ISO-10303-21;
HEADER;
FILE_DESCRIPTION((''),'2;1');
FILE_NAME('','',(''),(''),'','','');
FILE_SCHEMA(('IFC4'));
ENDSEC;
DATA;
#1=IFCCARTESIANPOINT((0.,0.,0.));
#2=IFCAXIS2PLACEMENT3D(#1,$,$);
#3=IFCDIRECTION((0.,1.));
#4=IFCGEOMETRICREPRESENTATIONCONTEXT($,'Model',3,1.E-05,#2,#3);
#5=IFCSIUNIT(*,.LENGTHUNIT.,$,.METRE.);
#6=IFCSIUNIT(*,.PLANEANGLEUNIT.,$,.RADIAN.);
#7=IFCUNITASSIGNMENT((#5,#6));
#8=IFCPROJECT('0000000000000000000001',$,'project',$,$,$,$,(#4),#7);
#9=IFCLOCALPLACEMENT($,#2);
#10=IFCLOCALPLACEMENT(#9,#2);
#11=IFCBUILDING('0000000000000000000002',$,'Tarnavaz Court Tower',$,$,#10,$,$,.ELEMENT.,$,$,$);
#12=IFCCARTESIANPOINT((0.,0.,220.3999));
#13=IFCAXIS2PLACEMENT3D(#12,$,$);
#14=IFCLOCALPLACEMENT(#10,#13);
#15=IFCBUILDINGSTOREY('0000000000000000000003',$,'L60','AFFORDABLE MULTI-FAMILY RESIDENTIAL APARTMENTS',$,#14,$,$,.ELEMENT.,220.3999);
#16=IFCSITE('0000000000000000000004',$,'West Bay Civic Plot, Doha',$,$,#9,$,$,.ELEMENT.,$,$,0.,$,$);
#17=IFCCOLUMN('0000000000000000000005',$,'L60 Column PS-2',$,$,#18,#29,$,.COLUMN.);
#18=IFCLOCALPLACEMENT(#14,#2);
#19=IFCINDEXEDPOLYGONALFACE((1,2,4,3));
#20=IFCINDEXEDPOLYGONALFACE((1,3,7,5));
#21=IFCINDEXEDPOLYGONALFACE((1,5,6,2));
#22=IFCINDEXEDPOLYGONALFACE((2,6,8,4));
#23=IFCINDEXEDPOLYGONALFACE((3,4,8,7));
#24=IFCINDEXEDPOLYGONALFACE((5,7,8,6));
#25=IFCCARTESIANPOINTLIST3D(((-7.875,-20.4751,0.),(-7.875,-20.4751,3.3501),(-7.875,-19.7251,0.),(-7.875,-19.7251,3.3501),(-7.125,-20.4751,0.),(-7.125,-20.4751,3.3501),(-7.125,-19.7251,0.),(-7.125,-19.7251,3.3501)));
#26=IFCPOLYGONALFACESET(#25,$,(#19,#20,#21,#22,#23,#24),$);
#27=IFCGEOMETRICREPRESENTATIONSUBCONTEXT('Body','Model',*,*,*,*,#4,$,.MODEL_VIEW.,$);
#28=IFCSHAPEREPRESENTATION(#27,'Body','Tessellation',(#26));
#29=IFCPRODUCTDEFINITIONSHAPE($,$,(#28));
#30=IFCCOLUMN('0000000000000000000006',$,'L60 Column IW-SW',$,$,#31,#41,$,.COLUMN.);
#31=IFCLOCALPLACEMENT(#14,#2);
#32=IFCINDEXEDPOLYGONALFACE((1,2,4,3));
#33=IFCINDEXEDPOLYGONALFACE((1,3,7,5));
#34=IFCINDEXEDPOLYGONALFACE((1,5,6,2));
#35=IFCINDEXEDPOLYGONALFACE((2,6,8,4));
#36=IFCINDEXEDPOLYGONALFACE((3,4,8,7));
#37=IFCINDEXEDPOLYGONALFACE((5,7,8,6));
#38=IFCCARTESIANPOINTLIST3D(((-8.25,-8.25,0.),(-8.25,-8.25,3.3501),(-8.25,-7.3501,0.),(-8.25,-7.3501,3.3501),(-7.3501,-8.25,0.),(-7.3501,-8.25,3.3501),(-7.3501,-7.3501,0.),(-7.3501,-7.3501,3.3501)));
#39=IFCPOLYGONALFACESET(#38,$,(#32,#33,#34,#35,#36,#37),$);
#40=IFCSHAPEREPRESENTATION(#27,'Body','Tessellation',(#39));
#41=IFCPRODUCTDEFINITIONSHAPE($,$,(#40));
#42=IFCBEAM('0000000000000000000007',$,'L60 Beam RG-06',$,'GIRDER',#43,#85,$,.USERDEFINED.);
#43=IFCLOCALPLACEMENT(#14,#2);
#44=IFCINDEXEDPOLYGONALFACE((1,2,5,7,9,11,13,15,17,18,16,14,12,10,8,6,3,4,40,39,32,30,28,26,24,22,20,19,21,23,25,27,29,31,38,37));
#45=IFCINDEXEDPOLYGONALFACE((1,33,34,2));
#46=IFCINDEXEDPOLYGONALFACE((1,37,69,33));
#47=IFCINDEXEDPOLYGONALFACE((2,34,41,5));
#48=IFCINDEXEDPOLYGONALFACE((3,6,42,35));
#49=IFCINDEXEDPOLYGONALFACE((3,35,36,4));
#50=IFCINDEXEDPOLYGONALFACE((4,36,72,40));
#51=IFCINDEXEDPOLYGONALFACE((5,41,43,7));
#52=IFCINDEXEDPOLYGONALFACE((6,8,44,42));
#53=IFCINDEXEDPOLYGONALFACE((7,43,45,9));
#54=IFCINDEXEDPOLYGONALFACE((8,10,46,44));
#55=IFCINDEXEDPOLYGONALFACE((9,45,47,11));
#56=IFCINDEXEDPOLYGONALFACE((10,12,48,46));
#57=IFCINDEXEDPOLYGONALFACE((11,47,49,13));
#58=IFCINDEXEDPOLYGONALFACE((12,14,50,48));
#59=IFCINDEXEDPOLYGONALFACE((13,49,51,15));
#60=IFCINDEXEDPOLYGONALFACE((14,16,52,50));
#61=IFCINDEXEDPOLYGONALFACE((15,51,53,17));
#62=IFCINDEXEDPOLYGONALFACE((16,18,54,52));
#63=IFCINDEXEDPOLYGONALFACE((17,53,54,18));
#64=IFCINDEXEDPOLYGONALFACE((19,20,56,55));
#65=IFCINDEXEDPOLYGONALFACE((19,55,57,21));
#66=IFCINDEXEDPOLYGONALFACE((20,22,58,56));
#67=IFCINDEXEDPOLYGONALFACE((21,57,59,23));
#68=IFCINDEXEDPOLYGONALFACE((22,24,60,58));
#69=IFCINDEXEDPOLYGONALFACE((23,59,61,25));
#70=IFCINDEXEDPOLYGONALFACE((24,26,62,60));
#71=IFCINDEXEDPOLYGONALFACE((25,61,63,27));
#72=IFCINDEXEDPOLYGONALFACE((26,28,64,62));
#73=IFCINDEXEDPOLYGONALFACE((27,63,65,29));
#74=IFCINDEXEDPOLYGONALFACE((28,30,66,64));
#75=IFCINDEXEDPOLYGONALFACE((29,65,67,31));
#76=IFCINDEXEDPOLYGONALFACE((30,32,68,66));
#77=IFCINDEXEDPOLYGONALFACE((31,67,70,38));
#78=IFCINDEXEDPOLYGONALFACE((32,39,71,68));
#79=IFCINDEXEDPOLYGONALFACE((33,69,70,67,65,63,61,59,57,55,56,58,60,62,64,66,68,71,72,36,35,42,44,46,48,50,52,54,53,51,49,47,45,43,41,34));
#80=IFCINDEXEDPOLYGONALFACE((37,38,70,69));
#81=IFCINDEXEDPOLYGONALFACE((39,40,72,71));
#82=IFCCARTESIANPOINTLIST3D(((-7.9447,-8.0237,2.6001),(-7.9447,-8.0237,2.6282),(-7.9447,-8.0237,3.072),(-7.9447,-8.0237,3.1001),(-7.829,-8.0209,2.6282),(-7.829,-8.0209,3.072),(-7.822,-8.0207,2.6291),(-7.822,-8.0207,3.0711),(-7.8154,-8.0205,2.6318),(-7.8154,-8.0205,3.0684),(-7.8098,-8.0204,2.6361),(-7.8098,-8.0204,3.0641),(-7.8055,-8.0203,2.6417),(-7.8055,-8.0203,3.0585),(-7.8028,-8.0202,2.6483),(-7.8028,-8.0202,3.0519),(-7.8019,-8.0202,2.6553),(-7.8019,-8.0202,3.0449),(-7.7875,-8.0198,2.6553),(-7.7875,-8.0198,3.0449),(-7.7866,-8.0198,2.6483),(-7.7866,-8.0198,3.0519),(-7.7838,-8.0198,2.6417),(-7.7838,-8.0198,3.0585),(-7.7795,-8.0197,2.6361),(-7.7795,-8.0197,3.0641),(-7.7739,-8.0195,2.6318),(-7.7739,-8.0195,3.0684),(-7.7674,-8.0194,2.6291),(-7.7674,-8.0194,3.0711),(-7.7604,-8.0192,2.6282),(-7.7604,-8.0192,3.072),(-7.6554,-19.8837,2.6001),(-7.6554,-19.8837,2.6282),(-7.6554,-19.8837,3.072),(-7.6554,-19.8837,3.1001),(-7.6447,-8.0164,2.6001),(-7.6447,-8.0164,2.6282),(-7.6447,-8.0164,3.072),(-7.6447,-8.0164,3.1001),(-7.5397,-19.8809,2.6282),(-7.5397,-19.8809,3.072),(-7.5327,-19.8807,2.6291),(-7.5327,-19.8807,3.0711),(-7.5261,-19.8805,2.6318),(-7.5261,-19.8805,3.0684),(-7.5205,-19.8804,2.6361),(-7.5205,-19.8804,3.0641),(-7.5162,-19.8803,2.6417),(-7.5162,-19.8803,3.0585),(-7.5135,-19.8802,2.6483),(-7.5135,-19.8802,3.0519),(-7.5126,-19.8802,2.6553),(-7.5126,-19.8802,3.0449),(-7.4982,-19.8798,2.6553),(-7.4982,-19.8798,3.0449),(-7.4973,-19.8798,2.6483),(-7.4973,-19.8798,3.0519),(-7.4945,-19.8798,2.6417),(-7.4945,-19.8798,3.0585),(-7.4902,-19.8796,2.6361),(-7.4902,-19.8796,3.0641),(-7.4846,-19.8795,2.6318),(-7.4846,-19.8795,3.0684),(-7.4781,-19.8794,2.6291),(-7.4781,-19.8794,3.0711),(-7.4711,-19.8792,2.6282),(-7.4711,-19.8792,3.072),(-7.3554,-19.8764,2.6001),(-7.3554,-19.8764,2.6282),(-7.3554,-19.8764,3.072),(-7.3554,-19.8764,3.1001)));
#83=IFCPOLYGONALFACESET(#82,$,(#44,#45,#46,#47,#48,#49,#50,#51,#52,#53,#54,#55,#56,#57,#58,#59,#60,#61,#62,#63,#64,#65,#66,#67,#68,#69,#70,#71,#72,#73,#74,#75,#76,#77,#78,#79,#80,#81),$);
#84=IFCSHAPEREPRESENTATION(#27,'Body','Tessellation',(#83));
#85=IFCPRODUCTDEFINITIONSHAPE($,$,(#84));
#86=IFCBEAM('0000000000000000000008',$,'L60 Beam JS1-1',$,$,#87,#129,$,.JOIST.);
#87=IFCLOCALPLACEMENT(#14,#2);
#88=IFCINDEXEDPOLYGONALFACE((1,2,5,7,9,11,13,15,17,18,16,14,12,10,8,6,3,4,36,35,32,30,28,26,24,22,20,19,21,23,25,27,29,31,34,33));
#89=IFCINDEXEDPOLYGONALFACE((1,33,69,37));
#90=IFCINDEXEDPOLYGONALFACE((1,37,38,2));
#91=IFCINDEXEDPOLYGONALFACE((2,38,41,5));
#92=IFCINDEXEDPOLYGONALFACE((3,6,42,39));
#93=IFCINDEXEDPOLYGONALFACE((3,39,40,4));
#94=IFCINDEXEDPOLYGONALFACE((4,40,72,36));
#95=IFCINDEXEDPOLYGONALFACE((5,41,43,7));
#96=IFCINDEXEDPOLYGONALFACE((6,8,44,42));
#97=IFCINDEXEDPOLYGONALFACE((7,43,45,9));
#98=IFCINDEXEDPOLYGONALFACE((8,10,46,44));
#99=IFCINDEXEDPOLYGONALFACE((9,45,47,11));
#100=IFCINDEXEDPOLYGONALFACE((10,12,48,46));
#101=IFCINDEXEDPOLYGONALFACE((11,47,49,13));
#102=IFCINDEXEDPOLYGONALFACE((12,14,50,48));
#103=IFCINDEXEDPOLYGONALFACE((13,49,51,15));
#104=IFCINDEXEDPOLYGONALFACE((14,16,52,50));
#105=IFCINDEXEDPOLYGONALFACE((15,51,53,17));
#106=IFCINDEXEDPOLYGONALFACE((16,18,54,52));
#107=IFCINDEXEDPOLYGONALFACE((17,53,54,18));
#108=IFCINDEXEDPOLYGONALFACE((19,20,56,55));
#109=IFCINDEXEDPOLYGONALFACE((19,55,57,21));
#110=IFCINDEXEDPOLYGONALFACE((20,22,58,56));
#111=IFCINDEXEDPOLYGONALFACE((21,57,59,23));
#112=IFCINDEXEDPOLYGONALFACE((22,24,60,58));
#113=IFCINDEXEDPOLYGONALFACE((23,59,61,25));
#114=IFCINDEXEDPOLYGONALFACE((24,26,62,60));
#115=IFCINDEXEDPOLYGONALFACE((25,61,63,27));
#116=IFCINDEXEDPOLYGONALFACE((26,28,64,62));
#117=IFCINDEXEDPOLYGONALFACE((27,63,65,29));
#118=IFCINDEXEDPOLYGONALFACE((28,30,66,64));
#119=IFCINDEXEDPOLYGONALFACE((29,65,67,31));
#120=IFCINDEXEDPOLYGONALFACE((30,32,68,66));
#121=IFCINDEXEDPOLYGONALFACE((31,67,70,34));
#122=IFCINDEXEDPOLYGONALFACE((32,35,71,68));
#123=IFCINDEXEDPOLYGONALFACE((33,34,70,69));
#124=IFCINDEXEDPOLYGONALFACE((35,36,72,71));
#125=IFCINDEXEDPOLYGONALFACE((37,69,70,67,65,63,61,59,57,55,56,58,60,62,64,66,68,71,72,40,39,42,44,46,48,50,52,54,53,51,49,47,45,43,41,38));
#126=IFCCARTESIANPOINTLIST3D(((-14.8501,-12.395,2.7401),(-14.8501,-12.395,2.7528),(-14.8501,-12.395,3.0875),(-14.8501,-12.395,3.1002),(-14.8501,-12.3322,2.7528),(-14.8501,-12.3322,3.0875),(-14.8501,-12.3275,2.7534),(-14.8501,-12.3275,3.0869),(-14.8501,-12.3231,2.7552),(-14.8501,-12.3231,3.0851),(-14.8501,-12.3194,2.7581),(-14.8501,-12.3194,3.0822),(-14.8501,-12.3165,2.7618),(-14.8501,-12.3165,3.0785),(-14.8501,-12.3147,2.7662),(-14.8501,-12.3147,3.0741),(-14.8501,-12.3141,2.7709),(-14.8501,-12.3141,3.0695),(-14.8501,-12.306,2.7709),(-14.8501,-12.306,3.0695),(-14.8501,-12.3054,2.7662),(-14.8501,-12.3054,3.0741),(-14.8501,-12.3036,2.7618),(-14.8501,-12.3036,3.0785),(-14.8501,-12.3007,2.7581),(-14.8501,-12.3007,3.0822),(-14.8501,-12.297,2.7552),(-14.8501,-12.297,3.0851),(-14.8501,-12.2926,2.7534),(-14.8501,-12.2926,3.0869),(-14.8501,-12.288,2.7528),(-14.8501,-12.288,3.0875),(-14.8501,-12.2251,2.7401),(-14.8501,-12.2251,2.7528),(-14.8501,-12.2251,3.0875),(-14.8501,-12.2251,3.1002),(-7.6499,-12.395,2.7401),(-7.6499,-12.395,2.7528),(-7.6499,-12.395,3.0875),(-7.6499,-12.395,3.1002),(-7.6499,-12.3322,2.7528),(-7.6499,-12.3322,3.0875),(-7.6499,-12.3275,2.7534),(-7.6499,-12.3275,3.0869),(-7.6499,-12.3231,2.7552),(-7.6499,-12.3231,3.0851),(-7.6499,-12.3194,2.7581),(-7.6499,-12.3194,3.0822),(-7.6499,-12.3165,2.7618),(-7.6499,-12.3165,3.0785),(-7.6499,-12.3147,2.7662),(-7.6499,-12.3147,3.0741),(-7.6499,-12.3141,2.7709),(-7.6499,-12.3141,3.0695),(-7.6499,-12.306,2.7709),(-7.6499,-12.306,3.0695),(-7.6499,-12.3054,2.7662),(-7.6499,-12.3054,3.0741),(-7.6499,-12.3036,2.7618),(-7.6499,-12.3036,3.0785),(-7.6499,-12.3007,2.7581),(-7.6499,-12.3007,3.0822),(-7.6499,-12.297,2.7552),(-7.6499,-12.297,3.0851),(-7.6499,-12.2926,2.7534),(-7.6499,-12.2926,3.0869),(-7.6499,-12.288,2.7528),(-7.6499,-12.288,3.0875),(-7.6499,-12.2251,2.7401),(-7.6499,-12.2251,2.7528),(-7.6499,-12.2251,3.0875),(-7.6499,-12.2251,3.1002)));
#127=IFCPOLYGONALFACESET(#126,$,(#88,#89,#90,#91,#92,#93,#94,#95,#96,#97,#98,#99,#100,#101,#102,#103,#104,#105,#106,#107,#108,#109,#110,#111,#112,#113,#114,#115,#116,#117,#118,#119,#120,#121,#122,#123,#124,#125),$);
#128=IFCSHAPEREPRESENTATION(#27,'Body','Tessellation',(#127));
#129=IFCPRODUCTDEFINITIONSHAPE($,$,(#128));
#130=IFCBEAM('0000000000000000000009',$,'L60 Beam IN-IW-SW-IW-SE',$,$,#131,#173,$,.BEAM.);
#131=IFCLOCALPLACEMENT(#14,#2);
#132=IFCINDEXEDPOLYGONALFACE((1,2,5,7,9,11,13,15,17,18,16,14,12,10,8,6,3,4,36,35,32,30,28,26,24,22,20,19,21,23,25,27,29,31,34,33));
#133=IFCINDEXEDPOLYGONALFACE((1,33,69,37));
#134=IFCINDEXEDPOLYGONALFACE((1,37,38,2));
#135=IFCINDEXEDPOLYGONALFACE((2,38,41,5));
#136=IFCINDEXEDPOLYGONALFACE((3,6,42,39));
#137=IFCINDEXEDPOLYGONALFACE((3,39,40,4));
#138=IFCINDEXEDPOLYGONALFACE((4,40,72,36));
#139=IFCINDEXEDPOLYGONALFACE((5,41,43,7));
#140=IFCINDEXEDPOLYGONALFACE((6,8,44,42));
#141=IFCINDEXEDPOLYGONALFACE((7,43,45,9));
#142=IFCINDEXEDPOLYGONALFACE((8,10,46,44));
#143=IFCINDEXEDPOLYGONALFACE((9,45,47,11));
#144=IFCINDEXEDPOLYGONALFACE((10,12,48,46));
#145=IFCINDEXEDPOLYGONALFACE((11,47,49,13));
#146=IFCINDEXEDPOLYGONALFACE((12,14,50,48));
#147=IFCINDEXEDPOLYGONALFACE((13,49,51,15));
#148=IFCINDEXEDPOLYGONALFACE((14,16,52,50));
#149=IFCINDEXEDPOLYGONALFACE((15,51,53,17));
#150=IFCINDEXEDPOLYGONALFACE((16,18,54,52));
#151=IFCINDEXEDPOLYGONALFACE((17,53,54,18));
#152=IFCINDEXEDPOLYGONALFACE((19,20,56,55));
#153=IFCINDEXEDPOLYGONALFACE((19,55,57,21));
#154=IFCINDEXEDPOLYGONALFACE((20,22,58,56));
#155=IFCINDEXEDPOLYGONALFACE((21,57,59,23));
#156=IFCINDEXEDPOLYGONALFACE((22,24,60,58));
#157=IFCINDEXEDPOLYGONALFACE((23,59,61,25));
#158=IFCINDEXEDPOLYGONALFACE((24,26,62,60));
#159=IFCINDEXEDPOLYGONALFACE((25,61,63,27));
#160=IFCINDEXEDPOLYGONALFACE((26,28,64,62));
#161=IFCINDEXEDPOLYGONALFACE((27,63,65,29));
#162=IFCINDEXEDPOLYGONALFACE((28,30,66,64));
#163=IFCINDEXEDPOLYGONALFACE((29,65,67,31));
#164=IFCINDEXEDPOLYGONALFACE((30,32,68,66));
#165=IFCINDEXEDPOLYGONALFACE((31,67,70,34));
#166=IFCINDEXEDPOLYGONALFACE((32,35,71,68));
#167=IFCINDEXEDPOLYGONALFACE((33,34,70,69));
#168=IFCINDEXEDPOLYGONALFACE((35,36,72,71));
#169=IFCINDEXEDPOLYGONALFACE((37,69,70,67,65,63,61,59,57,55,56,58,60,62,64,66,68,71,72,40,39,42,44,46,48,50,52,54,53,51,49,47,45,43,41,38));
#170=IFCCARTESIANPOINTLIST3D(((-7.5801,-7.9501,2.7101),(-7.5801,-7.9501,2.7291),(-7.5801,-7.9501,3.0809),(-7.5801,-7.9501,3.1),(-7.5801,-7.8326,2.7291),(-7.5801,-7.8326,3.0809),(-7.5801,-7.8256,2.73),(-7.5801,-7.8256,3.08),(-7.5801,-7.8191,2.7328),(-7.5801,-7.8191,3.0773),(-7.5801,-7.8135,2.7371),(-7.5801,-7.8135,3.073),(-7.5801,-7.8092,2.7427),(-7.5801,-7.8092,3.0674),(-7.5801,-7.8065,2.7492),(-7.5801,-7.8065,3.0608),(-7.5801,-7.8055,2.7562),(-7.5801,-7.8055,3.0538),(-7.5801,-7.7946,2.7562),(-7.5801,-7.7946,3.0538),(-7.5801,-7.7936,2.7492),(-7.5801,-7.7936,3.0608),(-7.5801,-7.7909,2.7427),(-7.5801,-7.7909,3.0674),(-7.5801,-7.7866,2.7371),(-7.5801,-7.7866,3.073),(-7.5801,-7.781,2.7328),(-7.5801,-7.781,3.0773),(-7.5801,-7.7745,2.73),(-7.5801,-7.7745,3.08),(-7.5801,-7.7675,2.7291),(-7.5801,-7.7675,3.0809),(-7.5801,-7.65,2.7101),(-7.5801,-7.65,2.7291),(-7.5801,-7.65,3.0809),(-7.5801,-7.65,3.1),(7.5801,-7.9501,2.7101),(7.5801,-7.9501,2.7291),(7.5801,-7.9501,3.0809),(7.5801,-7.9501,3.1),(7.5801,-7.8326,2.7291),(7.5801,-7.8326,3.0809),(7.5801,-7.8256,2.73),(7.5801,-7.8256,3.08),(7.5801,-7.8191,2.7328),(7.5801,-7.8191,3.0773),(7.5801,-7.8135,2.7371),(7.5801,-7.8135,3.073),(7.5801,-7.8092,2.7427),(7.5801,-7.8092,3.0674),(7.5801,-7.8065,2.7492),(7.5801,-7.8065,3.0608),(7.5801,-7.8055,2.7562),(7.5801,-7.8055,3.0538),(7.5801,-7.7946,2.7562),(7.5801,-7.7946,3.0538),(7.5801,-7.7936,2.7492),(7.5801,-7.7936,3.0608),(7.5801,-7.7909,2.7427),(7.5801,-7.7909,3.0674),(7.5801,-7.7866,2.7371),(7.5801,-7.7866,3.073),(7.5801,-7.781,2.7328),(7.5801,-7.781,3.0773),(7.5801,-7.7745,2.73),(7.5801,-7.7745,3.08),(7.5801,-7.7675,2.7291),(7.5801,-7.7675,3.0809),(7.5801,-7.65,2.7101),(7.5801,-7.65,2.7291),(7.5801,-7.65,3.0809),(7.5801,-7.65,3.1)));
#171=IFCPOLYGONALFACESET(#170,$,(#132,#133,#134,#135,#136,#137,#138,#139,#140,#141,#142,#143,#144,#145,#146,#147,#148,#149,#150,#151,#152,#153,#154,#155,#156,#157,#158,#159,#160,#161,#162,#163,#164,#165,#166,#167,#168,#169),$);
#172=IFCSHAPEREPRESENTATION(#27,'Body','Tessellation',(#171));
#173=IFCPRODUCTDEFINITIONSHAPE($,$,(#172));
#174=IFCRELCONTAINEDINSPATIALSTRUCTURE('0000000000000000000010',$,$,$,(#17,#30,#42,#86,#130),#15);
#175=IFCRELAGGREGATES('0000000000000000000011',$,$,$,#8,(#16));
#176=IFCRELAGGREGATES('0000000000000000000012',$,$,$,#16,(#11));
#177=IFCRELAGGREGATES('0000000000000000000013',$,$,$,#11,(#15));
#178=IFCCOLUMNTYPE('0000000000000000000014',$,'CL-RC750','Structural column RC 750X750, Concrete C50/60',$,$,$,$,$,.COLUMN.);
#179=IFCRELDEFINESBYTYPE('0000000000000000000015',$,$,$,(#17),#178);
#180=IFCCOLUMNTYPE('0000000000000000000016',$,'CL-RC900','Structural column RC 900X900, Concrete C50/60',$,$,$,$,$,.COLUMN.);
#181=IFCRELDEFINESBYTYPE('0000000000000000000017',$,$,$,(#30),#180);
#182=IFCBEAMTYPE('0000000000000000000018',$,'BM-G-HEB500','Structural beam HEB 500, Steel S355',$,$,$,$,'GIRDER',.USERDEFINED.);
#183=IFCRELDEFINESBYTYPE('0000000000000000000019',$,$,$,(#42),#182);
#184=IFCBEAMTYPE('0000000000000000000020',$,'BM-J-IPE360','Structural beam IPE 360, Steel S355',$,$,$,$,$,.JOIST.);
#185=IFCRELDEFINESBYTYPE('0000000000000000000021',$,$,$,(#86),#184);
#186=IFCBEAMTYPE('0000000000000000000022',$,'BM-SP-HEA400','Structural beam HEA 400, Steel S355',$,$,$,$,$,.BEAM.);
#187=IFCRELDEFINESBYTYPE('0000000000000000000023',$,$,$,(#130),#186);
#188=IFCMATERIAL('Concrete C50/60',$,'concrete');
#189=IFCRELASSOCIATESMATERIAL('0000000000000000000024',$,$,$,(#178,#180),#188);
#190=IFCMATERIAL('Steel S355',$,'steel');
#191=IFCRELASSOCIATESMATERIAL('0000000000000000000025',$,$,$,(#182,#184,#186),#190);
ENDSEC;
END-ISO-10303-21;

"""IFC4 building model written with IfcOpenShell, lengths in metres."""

from ifc_helpers import new_model, si_unit, direction, frame, origin, origin_2d, place, context, subcontext, project, spatial, rectangle, i_section, extrude, material, material_profile, profile_set, type_object, element, save


model = new_model("IFC4")

# Units and contexts
model_context = context("Model", 3, precision=1e-05, world=origin(), true_north=direction((0.0, 1.0)))
body_context = subcontext(model_context, "Body", "Model", "MODEL_VIEW")
ifc_project = project(units=[si_unit("LENGTHUNIT", "METRE"), si_unit("PLANEANGLEUNIT", "RADIAN")], contexts=[model_context])

# Site, building, storey
site_placement = place(None, origin())
site = spatial("IfcSite", under=ifc_project, at=site_placement, Name="West Bay Civic Plot, Doha", CompositionType="ELEMENT", RefElevation=0.0)
building_placement = place(site_placement, origin())
building = spatial("IfcBuilding", under=site, at=building_placement, Name="Tarnavaz Court Tower", CompositionType="ELEMENT")
storey_placement = place(building_placement, frame((0.0, 0.0, 220.3999)))
storey = spatial("IfcBuildingStorey", under=building, at=storey_placement, Name="L60", Description="AFFORDABLE MULTI-FAMILY RESIDENTIAL APARTMENTS", CompositionType="ELEMENT", Elevation=220.3999)

# Columns
ifc_material_1 = material(Name="Concrete C50/60", Category="concrete")
ifc_material_profile_1 = material_profile(ifc_material_1, rectangle(XDim=0.75, YDim=0.75, at=origin_2d()), Name="RC 750X750")
ifc_profile_set_1 = profile_set([ifc_material_profile_1], Name="Concrete C50/60")
column_type_1 = type_object("IfcColumnType", Name="CL-RC750", Description="Structural column RC 750X750, Concrete C50/60", PredefinedType="COLUMN", material=ifc_profile_set_1)
column_1_placement = place(storey_placement, frame((-7.5, -20.1001, 0.0), z_axis=(0.0, 0.0, 1.0), x_axis=(1.0, 0.0, 0.0)))
element("IfcColumn", 1, at=column_1_placement, inside=storey, type_object=column_type_1, Name="L60 Column PS-2", PredefinedType="COLUMN", context=body_context, shape_type="SweptSolid", body=[
    extrude(rectangle(XDim=0.75, YDim=0.75, at=origin_2d()), origin(), (0.0, 0.0, 1.0), 3.3501),
])
ifc_material_profile_2 = material_profile(ifc_material_1, rectangle(XDim=0.8999, YDim=0.8999, at=origin_2d()), Name="RC 900X900")
ifc_profile_set_2 = profile_set([ifc_material_profile_2], Name="Concrete C50/60")
column_type_2 = type_object("IfcColumnType", Name="CL-RC900", Description="Structural column RC 900X900, Concrete C50/60", PredefinedType="COLUMN", material=ifc_profile_set_2)
column_2_placement = place(storey_placement, frame((-7.8, -7.8, 0.0), z_axis=(0.0, 0.0, 1.0), x_axis=(1.0, 0.0, 0.0)))
element("IfcColumn", 2, at=column_2_placement, inside=storey, type_object=column_type_2, Name="L60 Column IW-SW", PredefinedType="COLUMN", context=body_context, shape_type="SweptSolid", body=[
    extrude(rectangle(XDim=0.8999, YDim=0.8999, at=origin_2d()), origin(), (0.0, 0.0, 1.0), 3.3501),
])

# Beams
ifc_material_2 = material(Name="Steel S355", Category="steel")
ifc_material_profile_3 = material_profile(ifc_material_2, i_section(OverallWidth=0.3, OverallDepth=0.5, WebThickness=0.0144, FlangeThickness=0.0281, FilletRadius=0.0271, at=origin_2d()), Name="HEB 500")
ifc_profile_set_3 = profile_set([ifc_material_profile_3], Name="Steel S355")
beam_type_1 = type_object("IfcBeamType", Name="BM-G-HEB500", Description="Structural beam HEB 500, Steel S355", ElementType="GIRDER", PredefinedType="USERDEFINED", material=ifc_profile_set_3)
beam_1_placement = place(storey_placement, frame((-7.7947, -8.02, 2.8501), z_axis=(0.024386, -0.999703, 0.0), x_axis=(0.999703, 0.024386, 0.0)))
element("IfcBeam", 3, at=beam_1_placement, inside=storey, type_object=beam_type_1, Name="L60 Beam RG-06", ObjectType="GIRDER", PredefinedType="USERDEFINED", context=body_context, shape_type="SweptSolid", body=[
    extrude(i_section(OverallWidth=0.3, OverallDepth=0.5, WebThickness=0.0144, FlangeThickness=0.0281, FilletRadius=0.0271, at=origin_2d()), origin(), (0.0, 0.0, 1.0), 11.8635),
])
ifc_material_profile_4 = material_profile(ifc_material_2, i_section(OverallWidth=0.1699, OverallDepth=0.3601, WebThickness=0.0081, FlangeThickness=0.0127, FilletRadius=0.0181, at=origin_2d()), Name="IPE 360")
ifc_profile_set_4 = profile_set([ifc_material_profile_4], Name="Steel S355")
beam_type_2 = type_object("IfcBeamType", Name="BM-J-IPE360", Description="Structural beam IPE 360, Steel S355", PredefinedType="JOIST", material=ifc_profile_set_4)
beam_2_placement = place(storey_placement, frame((-14.8501, -12.3101, 2.9202), z_axis=(1.0, 0.0, 0.0), x_axis=(0.0, 1.0, 0.0)))
element("IfcBeam", 4, at=beam_2_placement, inside=storey, type_object=beam_type_2, Name="L60 Beam JS1-1", PredefinedType="JOIST", context=body_context, shape_type="SweptSolid", body=[
    extrude(i_section(OverallWidth=0.1699, OverallDepth=0.3601, WebThickness=0.0081, FlangeThickness=0.0127, FilletRadius=0.0181, at=origin_2d()), origin(), (0.0, 0.0, 1.0), 7.2002),
])
ifc_material_profile_5 = material_profile(ifc_material_2, i_section(OverallWidth=0.3, OverallDepth=0.3899, WebThickness=0.011, FlangeThickness=0.019, FilletRadius=0.0271, at=origin_2d()), Name="HEA 400")
ifc_profile_set_5 = profile_set([ifc_material_profile_5], Name="Steel S355")
beam_type_3 = type_object("IfcBeamType", Name="BM-SP-HEA400", Description="Structural beam HEA 400, Steel S355", PredefinedType="BEAM", material=ifc_profile_set_5)
for number, where, z_axis, x_axis, name in (
    (5, (-7.5801, -7.8, 2.905), (1.0, 0.0, 0.0), (0.0, 1.0, 0.0), "L60 Beam IN-IW-SW-IW-SE"),
):
    element("IfcBeam", number, at=place(storey_placement, frame(where, z_axis=z_axis, x_axis=x_axis)), inside=storey, type_object=beam_type_3, Name=name, PredefinedType="BEAM", context=body_context, shape_type="SweptSolid", body=[
        extrude(i_section(OverallWidth=0.3, OverallDepth=0.3899, WebThickness=0.011, FlangeThickness=0.019, FilletRadius=0.0271, at=origin_2d()), origin(), (0.0, 0.0, 1.0), 15.1602),
    ])

save(model, "model.ifc")
